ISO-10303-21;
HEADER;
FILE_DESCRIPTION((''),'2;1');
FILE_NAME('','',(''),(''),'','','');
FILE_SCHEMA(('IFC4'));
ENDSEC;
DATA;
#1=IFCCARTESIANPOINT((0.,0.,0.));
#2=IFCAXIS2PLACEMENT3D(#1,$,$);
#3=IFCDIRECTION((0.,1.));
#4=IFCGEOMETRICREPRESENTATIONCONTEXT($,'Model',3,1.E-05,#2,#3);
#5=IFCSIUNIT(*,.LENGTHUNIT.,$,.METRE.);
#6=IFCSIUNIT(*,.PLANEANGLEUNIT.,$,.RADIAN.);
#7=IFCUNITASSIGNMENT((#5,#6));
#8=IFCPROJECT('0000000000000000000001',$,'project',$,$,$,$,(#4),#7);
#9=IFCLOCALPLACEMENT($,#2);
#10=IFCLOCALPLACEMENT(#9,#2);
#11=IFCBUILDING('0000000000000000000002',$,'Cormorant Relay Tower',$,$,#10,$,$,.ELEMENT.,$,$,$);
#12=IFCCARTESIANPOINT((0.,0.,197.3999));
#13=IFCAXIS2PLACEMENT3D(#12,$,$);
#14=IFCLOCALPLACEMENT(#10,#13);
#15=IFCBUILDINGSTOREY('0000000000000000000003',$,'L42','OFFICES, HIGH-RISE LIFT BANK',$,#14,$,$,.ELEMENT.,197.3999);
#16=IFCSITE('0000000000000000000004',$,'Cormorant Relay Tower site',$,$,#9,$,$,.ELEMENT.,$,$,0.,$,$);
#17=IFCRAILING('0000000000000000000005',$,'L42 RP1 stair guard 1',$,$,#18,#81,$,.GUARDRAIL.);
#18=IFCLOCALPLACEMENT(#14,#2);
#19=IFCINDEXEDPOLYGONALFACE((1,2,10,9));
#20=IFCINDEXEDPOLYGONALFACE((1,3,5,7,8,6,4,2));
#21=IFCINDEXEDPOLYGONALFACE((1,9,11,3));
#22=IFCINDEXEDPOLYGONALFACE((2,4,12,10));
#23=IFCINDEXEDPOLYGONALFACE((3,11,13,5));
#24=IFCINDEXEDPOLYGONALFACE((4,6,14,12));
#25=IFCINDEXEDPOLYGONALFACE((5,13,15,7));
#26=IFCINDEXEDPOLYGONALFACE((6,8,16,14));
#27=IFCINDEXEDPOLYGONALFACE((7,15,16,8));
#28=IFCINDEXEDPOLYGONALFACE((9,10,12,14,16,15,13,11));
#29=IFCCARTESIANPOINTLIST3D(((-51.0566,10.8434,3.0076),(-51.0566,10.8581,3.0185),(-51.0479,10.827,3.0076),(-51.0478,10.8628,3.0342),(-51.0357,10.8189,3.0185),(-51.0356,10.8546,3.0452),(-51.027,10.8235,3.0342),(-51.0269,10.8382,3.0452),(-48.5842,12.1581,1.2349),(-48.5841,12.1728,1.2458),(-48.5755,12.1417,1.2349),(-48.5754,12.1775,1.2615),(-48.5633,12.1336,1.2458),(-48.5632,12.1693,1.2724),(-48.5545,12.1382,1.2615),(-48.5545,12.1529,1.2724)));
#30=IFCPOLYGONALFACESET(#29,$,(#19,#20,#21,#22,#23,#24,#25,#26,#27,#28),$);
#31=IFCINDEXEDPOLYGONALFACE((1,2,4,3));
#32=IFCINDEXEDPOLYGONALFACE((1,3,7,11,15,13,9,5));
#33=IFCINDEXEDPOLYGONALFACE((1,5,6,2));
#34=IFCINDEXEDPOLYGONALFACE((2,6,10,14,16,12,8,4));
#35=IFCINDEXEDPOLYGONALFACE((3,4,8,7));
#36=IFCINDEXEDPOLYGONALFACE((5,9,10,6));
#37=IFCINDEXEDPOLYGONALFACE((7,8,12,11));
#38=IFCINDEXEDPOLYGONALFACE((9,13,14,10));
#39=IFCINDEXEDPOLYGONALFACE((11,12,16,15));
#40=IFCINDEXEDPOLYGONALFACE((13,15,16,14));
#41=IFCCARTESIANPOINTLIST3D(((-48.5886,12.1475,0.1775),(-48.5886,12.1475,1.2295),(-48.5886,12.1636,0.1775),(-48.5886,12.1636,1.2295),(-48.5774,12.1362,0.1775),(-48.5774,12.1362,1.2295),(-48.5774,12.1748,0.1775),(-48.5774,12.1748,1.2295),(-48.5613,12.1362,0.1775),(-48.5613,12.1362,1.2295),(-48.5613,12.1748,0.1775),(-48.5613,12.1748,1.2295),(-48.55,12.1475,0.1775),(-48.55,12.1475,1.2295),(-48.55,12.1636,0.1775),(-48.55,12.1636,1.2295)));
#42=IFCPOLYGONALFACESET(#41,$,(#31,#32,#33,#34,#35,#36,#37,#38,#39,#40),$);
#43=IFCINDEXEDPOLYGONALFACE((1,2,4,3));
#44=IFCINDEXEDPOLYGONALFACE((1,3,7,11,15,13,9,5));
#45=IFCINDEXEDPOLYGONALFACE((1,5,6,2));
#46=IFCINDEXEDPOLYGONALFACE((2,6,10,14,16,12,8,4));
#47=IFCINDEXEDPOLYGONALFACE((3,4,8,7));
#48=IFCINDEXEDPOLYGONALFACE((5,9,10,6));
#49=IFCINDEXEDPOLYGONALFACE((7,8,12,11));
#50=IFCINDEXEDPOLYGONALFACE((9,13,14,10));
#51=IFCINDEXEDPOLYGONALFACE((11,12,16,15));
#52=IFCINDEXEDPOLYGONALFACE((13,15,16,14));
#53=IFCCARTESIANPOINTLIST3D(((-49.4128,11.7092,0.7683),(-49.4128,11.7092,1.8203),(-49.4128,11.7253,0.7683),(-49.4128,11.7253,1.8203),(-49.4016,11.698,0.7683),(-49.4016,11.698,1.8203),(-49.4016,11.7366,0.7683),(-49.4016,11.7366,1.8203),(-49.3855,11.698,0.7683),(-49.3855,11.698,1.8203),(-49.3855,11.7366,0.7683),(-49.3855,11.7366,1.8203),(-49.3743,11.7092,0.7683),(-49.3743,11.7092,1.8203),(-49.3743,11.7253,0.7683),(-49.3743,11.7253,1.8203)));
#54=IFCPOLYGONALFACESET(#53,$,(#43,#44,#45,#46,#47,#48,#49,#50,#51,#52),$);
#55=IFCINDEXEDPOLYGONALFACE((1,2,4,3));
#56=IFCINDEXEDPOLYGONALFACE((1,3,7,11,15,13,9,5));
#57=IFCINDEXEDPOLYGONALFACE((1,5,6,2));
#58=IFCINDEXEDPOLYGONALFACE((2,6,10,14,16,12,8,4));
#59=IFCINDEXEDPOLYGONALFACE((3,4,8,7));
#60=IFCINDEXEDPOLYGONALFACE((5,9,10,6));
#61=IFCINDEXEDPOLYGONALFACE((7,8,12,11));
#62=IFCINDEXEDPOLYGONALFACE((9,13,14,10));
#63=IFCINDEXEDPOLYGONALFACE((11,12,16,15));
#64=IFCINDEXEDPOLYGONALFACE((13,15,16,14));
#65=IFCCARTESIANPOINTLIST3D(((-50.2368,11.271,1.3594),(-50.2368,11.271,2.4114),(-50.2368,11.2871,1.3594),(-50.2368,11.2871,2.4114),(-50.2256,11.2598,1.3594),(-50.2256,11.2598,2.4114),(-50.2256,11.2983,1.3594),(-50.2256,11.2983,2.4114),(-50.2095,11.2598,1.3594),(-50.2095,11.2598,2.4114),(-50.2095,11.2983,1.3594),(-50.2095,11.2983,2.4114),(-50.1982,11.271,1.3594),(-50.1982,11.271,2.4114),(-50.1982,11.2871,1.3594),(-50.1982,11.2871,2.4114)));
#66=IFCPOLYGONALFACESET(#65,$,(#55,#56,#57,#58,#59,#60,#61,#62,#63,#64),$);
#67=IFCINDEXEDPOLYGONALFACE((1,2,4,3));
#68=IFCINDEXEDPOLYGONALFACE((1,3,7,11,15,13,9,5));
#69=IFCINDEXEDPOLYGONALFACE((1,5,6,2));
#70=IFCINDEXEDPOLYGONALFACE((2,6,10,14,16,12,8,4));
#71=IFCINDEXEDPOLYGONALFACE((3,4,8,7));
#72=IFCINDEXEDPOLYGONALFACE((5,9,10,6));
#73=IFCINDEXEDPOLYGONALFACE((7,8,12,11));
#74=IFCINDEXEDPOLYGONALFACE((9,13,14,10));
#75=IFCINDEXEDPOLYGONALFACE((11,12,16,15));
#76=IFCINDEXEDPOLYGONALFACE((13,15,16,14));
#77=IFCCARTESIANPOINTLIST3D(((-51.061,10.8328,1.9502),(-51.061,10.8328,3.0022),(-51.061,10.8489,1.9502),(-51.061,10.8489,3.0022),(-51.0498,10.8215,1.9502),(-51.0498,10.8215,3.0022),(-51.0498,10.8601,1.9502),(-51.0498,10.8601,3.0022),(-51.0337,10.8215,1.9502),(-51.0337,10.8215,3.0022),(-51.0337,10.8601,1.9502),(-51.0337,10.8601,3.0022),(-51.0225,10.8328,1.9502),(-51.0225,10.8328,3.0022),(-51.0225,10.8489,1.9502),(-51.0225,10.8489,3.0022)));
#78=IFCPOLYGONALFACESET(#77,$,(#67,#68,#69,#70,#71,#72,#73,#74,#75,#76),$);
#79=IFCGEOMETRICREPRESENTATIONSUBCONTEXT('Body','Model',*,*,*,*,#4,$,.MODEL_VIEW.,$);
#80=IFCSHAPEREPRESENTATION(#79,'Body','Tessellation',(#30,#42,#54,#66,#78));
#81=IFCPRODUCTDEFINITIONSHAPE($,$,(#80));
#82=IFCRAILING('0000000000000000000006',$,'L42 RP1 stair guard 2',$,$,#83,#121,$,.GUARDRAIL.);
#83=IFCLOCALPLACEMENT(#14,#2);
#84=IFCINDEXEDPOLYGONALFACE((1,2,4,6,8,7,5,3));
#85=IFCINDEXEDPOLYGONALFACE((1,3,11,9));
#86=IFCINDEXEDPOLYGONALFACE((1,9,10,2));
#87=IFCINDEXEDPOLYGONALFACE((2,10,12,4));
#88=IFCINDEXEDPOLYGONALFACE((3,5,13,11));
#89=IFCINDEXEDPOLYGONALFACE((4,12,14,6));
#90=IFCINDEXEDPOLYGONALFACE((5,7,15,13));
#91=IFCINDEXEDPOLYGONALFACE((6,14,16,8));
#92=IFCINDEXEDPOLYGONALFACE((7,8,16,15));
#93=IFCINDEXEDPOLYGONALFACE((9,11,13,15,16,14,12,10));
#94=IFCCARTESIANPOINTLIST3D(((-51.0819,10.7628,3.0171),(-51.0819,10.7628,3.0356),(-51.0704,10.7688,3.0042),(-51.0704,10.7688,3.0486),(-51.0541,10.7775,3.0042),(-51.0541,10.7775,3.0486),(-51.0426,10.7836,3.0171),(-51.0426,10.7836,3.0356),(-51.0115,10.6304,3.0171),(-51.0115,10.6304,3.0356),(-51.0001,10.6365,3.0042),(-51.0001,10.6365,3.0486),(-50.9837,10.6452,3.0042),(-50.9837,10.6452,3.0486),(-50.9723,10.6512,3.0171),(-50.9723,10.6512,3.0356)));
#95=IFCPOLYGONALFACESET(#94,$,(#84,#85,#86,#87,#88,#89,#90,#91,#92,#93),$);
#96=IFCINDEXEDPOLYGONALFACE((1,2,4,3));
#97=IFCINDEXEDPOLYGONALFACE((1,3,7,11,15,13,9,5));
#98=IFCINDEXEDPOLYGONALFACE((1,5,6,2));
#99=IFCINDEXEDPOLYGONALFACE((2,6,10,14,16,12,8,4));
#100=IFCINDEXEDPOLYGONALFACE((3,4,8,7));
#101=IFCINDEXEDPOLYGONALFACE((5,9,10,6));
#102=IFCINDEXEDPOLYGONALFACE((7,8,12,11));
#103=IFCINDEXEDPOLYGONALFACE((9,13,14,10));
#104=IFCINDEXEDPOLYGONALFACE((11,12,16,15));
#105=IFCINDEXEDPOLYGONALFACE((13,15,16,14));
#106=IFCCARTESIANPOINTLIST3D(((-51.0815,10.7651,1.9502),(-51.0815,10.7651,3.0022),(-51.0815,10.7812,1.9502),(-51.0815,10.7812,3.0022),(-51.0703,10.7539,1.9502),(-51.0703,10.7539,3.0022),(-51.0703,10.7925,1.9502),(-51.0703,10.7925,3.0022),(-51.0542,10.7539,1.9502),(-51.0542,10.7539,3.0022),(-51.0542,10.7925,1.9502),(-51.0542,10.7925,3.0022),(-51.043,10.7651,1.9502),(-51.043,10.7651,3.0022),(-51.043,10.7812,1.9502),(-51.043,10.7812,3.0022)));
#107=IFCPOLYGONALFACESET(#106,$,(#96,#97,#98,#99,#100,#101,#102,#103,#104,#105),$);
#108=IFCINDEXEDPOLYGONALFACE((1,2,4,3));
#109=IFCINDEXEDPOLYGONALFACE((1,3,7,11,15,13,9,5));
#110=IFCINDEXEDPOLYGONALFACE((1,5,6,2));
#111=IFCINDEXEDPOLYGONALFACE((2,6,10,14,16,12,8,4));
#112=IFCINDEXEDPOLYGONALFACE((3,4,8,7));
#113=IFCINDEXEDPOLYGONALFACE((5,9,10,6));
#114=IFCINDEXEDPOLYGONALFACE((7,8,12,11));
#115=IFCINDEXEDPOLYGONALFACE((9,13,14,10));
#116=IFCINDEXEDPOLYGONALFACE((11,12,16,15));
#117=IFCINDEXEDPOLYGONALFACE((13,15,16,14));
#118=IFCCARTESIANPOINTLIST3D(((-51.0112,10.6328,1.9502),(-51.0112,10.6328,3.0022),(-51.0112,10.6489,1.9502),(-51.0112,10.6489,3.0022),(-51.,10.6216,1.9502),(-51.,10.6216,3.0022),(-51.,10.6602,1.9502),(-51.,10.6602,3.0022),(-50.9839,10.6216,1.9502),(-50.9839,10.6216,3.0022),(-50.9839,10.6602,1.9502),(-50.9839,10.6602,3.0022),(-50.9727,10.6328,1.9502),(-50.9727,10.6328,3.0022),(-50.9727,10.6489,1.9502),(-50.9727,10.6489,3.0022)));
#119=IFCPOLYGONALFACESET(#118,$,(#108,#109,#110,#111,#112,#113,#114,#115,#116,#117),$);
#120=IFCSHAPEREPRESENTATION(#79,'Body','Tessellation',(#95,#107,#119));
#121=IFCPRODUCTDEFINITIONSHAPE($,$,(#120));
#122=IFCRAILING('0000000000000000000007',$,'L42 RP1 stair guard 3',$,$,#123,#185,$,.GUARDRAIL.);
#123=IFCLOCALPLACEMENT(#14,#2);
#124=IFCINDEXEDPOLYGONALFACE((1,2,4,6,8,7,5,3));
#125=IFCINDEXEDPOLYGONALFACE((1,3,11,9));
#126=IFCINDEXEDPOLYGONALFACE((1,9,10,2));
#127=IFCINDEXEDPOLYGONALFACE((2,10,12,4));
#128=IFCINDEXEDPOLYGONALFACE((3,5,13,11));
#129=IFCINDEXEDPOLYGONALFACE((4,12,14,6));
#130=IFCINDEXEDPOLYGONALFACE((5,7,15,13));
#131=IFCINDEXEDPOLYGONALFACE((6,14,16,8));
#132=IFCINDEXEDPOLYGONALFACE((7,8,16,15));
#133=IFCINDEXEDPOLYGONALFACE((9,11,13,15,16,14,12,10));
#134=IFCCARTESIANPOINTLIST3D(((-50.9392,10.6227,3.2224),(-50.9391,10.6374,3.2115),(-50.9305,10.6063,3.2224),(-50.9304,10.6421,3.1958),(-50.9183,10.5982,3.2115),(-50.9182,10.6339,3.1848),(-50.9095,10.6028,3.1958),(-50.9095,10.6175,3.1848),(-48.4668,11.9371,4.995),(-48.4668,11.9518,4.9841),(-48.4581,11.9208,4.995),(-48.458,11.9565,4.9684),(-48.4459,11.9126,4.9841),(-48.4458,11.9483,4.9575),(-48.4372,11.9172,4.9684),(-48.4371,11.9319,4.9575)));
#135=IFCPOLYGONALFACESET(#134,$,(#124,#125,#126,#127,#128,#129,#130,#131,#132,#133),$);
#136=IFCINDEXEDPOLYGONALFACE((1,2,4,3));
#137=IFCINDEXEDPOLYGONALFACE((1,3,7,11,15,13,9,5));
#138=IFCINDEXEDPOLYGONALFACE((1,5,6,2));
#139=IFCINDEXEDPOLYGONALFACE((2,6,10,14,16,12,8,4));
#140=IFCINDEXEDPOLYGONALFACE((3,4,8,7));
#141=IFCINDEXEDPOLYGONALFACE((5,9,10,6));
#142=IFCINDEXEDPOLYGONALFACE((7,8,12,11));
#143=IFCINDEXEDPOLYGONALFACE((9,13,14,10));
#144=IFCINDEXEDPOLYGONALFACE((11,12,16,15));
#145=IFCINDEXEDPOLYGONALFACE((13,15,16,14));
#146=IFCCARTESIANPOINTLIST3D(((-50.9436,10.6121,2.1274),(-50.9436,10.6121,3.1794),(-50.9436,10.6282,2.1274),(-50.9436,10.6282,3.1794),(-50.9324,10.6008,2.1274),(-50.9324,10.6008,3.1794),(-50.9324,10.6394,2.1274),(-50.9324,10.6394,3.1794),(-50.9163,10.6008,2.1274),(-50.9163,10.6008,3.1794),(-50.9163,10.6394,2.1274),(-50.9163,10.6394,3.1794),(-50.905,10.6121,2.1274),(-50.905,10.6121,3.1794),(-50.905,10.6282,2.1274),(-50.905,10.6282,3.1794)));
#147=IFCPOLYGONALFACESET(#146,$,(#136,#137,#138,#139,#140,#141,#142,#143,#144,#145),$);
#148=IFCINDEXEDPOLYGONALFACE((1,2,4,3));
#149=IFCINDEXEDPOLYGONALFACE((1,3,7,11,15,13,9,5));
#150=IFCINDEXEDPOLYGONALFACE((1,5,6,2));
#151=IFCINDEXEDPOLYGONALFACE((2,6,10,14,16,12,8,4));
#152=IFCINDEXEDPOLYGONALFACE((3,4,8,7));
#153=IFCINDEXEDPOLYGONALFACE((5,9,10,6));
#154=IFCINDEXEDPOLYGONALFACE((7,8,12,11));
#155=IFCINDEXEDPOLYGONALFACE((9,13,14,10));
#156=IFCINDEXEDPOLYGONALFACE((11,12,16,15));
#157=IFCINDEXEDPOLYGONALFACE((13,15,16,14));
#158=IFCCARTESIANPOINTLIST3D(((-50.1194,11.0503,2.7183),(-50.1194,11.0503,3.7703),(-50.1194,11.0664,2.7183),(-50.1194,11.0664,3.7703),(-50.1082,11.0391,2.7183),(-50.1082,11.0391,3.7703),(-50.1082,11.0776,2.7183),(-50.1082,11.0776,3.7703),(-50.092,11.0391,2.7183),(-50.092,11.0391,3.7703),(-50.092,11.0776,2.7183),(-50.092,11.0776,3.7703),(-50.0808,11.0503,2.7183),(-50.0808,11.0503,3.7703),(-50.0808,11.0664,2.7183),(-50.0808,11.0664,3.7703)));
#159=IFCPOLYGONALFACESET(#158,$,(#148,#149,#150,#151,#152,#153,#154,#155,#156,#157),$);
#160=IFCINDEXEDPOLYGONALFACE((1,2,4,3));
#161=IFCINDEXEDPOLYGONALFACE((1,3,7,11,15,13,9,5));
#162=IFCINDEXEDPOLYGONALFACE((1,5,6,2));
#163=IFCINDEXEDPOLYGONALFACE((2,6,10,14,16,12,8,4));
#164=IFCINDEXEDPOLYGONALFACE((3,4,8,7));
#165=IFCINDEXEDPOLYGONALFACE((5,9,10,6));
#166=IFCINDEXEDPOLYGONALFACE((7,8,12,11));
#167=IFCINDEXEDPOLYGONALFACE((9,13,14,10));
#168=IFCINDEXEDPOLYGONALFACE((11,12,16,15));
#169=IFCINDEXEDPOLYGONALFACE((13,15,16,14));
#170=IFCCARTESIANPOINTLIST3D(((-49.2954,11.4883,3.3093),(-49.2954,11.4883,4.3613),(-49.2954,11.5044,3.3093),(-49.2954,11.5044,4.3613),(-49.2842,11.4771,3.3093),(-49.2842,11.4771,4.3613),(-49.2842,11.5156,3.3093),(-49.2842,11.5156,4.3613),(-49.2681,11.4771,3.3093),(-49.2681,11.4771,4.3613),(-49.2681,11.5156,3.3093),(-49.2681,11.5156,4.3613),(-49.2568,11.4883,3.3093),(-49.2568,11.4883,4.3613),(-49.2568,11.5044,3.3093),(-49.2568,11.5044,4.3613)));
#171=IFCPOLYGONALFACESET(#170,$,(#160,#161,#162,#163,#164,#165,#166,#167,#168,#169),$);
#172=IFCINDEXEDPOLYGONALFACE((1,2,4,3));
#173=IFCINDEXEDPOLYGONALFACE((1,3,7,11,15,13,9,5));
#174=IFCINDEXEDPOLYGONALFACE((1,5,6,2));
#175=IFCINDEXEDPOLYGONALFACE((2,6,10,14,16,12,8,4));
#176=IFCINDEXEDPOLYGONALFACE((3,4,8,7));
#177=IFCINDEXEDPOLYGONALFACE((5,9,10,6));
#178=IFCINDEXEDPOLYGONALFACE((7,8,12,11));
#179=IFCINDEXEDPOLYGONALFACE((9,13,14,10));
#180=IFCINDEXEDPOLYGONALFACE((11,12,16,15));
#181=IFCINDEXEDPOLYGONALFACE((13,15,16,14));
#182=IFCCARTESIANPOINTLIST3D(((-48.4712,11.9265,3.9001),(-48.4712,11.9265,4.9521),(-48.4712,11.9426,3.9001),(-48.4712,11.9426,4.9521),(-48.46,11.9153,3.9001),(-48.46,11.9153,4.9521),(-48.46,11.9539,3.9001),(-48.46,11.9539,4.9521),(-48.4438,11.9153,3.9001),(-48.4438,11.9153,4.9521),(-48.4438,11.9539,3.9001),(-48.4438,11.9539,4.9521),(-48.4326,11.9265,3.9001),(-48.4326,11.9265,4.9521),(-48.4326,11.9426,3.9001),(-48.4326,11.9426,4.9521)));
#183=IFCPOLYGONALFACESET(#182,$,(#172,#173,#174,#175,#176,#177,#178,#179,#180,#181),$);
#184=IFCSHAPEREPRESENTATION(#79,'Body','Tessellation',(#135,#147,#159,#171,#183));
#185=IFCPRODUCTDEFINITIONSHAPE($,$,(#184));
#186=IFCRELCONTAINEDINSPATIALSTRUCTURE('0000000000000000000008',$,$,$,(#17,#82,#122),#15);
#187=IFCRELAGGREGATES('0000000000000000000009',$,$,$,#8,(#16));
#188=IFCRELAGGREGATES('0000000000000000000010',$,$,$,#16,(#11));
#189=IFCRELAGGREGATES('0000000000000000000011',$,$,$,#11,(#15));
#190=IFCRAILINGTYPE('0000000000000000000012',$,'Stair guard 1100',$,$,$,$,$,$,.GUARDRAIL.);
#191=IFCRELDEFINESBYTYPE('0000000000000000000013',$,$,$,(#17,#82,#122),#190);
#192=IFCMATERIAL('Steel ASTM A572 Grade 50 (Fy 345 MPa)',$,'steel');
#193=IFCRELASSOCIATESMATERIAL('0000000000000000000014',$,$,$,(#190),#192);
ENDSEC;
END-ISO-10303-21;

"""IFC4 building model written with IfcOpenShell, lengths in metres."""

from ifc_helpers import new_model, si_unit, direction, frame, origin, place, context, subcontext, project, spatial, polyline, outline, extrude, material, type_object, element, save


model = new_model("IFC4")

# Units and contexts
model_context = context("Model", 3, precision=1e-05, world=origin(), true_north=direction((0.0, 1.0)))
body_context = subcontext(model_context, "Body", "Model", "MODEL_VIEW")
ifc_project = project(units=[si_unit("LENGTHUNIT", "METRE"), si_unit("PLANEANGLEUNIT", "RADIAN")], contexts=[model_context])

# Site, building, storey
site_placement = place(None, origin())
site = spatial("IfcSite", under=ifc_project, at=site_placement, Name="Cormorant Relay Tower site", CompositionType="ELEMENT", RefElevation=0.0)
building_placement = place(site_placement, origin())
building = spatial("IfcBuilding", under=site, at=building_placement, Name="Cormorant Relay Tower", CompositionType="ELEMENT")
storey_placement = place(building_placement, frame((0.0, 0.0, 197.3999)))
storey = spatial("IfcBuildingStorey", under=building, at=storey_placement, Name="L42", Description="OFFICES, HIGH-RISE LIFT BANK", CompositionType="ELEMENT", Elevation=197.3999)

# Railings
ifc_material_1 = material(Name="Steel ASTM A572 Grade 50 (Fy 345 MPa)", Category="steel")
railing_type_1 = type_object("IfcRailingType", Name="Stair guard 1100", PredefinedType="GUARDRAIL", material=ifc_material_1)
railing_1_placement = place(storey_placement, frame((-48.5693, 12.1555, 0.1775)))
element("IfcRailing", 1, at=railing_1_placement, inside=storey, type_object=railing_type_1, Name="L42 RP1 stair guard 1", PredefinedType="GUARDRAIL", context=body_context, shape_type="SweptSolid", body=[
    extrude(outline(polyline([(0.0222, 0.0093), (0.0093, 0.0222), (-0.0093, 0.0222), (-0.0222, 0.0093), (-0.0222, -0.0093), (-0.0093, -0.0222), (0.0093, -0.0222), (0.0222, -0.0093), (0.0222, 0.0093)])), frame((0.0, 0.0, 1.0762), z_axis=(-0.746012, -0.39669, 0.534886), x_axis=(0.469497, -0.882934, 0.0)), (0.0, 0.0, 1.0), 3.3142),
    extrude(outline(polyline([(0.0193, 0.0081), (0.0081, 0.0193), (-0.0081, 0.0193), (-0.0193, 0.0081), (-0.0193, -0.0081), (-0.0081, -0.0193), (0.0081, -0.0193), (0.0193, -0.0081), (0.0193, 0.0081)])), origin(), (0.0, 0.0, 1.0), 1.052),
    extrude(outline(polyline([(0.0193, 0.0081), (0.0081, 0.0193), (-0.0081, 0.0193), (-0.0193, 0.0081), (-0.0193, -0.0081), (-0.0081, -0.0193), (0.0081, -0.0193), (0.0193, -0.0081), (0.0193, 0.0081)])), frame((-0.8242, -0.4382, 0.5908)), (0.0, 0.0, 1.0), 1.052),
    extrude(outline(polyline([(0.0193, 0.0081), (0.0081, 0.0193), (-0.0081, 0.0193), (-0.0193, 0.0081), (-0.0193, -0.0081), (-0.0081, -0.0193), (0.0081, -0.0193), (0.0193, -0.0081), (0.0193, 0.0081)])), frame((-1.6482, -0.8765, 1.1819)), (0.0, 0.0, 1.0), 1.052),
    extrude(outline(polyline([(0.0193, 0.0081), (0.0081, 0.0193), (-0.0081, 0.0193), (-0.0193, 0.0081), (-0.0193, -0.0081), (-0.0081, -0.0193), (0.0081, -0.0193), (0.0193, -0.0081), (0.0193, 0.0081)])), frame((-2.4724, -1.3147, 1.7727)), (0.0, 0.0, 1.0), 1.052),
])
railing_2_placement = place(storey_placement, frame((-51.0623, 10.7732, 1.9502)))
element("IfcRailing", 2, at=railing_2_placement, inside=storey, type_object=railing_type_1, Name="L42 RP1 stair guard 2", PredefinedType="GUARDRAIL", context=body_context, shape_type="SweptSolid", body=[
    extrude(outline(polyline([(0.0222, 0.0093), (0.0093, 0.0222), (-0.0093, 0.0222), (-0.0222, 0.0093), (-0.0222, -0.0093), (-0.0093, -0.0222), (0.0093, -0.0222), (0.0222, -0.0093), (0.0222, 0.0093)])), frame((0.0, 0.0, 1.0762), z_axis=(0.469235, -0.883074, 0.0), x_axis=(0.883074, 0.469235, 0.0)), (0.0, 0.0, 1.0), 0.1499),
    extrude(outline(polyline([(0.0193, 0.0081), (0.0081, 0.0193), (-0.0081, 0.0193), (-0.0193, 0.0081), (-0.0193, -0.0081), (-0.0081, -0.0193), (0.0081, -0.0193), (0.0193, -0.0081), (0.0193, 0.0081)])), origin(), (0.0, 0.0, 1.0), 1.052),
    extrude(outline(polyline([(0.0193, 0.0081), (0.0081, 0.0193), (-0.0081, 0.0193), (-0.0193, 0.0081), (-0.0193, -0.0081), (-0.0081, -0.0193), (0.0081, -0.0193), (0.0193, -0.0081), (0.0193, 0.0081)])), frame((0.0703, -0.1323, 0.0)), (0.0, 0.0, 1.0), 1.052),
])
railing_3_placement = place(storey_placement, frame((-50.9243, 10.6201, 2.1274)))
element("IfcRailing", 3, at=railing_3_placement, inside=storey, type_object=railing_type_1, Name="L42 RP1 stair guard 3", PredefinedType="GUARDRAIL", context=body_context, shape_type="SweptSolid", body=[
    extrude(outline(polyline([(0.0222, 0.0093), (0.0093, 0.0222), (-0.0093, 0.0222), (-0.0222, 0.0093), (-0.0222, -0.0093), (-0.0093, -0.0222), (0.0093, -0.0222), (0.0222, -0.0093), (0.0222, 0.0093)])), frame((0.0, 0.0, 1.0762), z_axis=(0.746034, 0.396627, 0.534902), x_axis=(-0.469429, 0.88297, 0.0)), (0.0, 0.0, 1.0), 3.314),
    extrude(outline(polyline([(0.0193, 0.0081), (0.0081, 0.0193), (-0.0081, 0.0193), (-0.0193, 0.0081), (-0.0193, -0.0081), (-0.0081, -0.0193), (0.0081, -0.0193), (0.0193, -0.0081), (0.0193, 0.0081)])), origin(), (0.0, 0.0, 1.0), 1.052),
    extrude(outline(polyline([(0.0193, 0.0081), (0.0081, 0.0193), (-0.0081, 0.0193), (-0.0193, 0.0081), (-0.0193, -0.0081), (-0.0081, -0.0193), (0.0081, -0.0193), (0.0193, -0.0081), (0.0193, 0.0081)])), frame((0.8242, 0.4382, 0.5908)), (0.0, 0.0, 1.0), 1.052),
    extrude(outline(polyline([(0.0193, 0.0081), (0.0081, 0.0193), (-0.0081, 0.0193), (-0.0193, 0.0081), (-0.0193, -0.0081), (-0.0081, -0.0193), (0.0081, -0.0193), (0.0193, -0.0081), (0.0193, 0.0081)])), frame((1.6482, 0.8762, 1.1819)), (0.0, 0.0, 1.0), 1.052),
    extrude(outline(polyline([(0.0193, 0.0081), (0.0081, 0.0193), (-0.0081, 0.0193), (-0.0193, 0.0081), (-0.0193, -0.0081), (-0.0081, -0.0193), (0.0081, -0.0193), (0.0193, -0.0081), (0.0193, 0.0081)])), frame((2.4724, 1.3145, 1.7727)), (0.0, 0.0, 1.0), 1.052),
])

save(model, "model.ifc")
